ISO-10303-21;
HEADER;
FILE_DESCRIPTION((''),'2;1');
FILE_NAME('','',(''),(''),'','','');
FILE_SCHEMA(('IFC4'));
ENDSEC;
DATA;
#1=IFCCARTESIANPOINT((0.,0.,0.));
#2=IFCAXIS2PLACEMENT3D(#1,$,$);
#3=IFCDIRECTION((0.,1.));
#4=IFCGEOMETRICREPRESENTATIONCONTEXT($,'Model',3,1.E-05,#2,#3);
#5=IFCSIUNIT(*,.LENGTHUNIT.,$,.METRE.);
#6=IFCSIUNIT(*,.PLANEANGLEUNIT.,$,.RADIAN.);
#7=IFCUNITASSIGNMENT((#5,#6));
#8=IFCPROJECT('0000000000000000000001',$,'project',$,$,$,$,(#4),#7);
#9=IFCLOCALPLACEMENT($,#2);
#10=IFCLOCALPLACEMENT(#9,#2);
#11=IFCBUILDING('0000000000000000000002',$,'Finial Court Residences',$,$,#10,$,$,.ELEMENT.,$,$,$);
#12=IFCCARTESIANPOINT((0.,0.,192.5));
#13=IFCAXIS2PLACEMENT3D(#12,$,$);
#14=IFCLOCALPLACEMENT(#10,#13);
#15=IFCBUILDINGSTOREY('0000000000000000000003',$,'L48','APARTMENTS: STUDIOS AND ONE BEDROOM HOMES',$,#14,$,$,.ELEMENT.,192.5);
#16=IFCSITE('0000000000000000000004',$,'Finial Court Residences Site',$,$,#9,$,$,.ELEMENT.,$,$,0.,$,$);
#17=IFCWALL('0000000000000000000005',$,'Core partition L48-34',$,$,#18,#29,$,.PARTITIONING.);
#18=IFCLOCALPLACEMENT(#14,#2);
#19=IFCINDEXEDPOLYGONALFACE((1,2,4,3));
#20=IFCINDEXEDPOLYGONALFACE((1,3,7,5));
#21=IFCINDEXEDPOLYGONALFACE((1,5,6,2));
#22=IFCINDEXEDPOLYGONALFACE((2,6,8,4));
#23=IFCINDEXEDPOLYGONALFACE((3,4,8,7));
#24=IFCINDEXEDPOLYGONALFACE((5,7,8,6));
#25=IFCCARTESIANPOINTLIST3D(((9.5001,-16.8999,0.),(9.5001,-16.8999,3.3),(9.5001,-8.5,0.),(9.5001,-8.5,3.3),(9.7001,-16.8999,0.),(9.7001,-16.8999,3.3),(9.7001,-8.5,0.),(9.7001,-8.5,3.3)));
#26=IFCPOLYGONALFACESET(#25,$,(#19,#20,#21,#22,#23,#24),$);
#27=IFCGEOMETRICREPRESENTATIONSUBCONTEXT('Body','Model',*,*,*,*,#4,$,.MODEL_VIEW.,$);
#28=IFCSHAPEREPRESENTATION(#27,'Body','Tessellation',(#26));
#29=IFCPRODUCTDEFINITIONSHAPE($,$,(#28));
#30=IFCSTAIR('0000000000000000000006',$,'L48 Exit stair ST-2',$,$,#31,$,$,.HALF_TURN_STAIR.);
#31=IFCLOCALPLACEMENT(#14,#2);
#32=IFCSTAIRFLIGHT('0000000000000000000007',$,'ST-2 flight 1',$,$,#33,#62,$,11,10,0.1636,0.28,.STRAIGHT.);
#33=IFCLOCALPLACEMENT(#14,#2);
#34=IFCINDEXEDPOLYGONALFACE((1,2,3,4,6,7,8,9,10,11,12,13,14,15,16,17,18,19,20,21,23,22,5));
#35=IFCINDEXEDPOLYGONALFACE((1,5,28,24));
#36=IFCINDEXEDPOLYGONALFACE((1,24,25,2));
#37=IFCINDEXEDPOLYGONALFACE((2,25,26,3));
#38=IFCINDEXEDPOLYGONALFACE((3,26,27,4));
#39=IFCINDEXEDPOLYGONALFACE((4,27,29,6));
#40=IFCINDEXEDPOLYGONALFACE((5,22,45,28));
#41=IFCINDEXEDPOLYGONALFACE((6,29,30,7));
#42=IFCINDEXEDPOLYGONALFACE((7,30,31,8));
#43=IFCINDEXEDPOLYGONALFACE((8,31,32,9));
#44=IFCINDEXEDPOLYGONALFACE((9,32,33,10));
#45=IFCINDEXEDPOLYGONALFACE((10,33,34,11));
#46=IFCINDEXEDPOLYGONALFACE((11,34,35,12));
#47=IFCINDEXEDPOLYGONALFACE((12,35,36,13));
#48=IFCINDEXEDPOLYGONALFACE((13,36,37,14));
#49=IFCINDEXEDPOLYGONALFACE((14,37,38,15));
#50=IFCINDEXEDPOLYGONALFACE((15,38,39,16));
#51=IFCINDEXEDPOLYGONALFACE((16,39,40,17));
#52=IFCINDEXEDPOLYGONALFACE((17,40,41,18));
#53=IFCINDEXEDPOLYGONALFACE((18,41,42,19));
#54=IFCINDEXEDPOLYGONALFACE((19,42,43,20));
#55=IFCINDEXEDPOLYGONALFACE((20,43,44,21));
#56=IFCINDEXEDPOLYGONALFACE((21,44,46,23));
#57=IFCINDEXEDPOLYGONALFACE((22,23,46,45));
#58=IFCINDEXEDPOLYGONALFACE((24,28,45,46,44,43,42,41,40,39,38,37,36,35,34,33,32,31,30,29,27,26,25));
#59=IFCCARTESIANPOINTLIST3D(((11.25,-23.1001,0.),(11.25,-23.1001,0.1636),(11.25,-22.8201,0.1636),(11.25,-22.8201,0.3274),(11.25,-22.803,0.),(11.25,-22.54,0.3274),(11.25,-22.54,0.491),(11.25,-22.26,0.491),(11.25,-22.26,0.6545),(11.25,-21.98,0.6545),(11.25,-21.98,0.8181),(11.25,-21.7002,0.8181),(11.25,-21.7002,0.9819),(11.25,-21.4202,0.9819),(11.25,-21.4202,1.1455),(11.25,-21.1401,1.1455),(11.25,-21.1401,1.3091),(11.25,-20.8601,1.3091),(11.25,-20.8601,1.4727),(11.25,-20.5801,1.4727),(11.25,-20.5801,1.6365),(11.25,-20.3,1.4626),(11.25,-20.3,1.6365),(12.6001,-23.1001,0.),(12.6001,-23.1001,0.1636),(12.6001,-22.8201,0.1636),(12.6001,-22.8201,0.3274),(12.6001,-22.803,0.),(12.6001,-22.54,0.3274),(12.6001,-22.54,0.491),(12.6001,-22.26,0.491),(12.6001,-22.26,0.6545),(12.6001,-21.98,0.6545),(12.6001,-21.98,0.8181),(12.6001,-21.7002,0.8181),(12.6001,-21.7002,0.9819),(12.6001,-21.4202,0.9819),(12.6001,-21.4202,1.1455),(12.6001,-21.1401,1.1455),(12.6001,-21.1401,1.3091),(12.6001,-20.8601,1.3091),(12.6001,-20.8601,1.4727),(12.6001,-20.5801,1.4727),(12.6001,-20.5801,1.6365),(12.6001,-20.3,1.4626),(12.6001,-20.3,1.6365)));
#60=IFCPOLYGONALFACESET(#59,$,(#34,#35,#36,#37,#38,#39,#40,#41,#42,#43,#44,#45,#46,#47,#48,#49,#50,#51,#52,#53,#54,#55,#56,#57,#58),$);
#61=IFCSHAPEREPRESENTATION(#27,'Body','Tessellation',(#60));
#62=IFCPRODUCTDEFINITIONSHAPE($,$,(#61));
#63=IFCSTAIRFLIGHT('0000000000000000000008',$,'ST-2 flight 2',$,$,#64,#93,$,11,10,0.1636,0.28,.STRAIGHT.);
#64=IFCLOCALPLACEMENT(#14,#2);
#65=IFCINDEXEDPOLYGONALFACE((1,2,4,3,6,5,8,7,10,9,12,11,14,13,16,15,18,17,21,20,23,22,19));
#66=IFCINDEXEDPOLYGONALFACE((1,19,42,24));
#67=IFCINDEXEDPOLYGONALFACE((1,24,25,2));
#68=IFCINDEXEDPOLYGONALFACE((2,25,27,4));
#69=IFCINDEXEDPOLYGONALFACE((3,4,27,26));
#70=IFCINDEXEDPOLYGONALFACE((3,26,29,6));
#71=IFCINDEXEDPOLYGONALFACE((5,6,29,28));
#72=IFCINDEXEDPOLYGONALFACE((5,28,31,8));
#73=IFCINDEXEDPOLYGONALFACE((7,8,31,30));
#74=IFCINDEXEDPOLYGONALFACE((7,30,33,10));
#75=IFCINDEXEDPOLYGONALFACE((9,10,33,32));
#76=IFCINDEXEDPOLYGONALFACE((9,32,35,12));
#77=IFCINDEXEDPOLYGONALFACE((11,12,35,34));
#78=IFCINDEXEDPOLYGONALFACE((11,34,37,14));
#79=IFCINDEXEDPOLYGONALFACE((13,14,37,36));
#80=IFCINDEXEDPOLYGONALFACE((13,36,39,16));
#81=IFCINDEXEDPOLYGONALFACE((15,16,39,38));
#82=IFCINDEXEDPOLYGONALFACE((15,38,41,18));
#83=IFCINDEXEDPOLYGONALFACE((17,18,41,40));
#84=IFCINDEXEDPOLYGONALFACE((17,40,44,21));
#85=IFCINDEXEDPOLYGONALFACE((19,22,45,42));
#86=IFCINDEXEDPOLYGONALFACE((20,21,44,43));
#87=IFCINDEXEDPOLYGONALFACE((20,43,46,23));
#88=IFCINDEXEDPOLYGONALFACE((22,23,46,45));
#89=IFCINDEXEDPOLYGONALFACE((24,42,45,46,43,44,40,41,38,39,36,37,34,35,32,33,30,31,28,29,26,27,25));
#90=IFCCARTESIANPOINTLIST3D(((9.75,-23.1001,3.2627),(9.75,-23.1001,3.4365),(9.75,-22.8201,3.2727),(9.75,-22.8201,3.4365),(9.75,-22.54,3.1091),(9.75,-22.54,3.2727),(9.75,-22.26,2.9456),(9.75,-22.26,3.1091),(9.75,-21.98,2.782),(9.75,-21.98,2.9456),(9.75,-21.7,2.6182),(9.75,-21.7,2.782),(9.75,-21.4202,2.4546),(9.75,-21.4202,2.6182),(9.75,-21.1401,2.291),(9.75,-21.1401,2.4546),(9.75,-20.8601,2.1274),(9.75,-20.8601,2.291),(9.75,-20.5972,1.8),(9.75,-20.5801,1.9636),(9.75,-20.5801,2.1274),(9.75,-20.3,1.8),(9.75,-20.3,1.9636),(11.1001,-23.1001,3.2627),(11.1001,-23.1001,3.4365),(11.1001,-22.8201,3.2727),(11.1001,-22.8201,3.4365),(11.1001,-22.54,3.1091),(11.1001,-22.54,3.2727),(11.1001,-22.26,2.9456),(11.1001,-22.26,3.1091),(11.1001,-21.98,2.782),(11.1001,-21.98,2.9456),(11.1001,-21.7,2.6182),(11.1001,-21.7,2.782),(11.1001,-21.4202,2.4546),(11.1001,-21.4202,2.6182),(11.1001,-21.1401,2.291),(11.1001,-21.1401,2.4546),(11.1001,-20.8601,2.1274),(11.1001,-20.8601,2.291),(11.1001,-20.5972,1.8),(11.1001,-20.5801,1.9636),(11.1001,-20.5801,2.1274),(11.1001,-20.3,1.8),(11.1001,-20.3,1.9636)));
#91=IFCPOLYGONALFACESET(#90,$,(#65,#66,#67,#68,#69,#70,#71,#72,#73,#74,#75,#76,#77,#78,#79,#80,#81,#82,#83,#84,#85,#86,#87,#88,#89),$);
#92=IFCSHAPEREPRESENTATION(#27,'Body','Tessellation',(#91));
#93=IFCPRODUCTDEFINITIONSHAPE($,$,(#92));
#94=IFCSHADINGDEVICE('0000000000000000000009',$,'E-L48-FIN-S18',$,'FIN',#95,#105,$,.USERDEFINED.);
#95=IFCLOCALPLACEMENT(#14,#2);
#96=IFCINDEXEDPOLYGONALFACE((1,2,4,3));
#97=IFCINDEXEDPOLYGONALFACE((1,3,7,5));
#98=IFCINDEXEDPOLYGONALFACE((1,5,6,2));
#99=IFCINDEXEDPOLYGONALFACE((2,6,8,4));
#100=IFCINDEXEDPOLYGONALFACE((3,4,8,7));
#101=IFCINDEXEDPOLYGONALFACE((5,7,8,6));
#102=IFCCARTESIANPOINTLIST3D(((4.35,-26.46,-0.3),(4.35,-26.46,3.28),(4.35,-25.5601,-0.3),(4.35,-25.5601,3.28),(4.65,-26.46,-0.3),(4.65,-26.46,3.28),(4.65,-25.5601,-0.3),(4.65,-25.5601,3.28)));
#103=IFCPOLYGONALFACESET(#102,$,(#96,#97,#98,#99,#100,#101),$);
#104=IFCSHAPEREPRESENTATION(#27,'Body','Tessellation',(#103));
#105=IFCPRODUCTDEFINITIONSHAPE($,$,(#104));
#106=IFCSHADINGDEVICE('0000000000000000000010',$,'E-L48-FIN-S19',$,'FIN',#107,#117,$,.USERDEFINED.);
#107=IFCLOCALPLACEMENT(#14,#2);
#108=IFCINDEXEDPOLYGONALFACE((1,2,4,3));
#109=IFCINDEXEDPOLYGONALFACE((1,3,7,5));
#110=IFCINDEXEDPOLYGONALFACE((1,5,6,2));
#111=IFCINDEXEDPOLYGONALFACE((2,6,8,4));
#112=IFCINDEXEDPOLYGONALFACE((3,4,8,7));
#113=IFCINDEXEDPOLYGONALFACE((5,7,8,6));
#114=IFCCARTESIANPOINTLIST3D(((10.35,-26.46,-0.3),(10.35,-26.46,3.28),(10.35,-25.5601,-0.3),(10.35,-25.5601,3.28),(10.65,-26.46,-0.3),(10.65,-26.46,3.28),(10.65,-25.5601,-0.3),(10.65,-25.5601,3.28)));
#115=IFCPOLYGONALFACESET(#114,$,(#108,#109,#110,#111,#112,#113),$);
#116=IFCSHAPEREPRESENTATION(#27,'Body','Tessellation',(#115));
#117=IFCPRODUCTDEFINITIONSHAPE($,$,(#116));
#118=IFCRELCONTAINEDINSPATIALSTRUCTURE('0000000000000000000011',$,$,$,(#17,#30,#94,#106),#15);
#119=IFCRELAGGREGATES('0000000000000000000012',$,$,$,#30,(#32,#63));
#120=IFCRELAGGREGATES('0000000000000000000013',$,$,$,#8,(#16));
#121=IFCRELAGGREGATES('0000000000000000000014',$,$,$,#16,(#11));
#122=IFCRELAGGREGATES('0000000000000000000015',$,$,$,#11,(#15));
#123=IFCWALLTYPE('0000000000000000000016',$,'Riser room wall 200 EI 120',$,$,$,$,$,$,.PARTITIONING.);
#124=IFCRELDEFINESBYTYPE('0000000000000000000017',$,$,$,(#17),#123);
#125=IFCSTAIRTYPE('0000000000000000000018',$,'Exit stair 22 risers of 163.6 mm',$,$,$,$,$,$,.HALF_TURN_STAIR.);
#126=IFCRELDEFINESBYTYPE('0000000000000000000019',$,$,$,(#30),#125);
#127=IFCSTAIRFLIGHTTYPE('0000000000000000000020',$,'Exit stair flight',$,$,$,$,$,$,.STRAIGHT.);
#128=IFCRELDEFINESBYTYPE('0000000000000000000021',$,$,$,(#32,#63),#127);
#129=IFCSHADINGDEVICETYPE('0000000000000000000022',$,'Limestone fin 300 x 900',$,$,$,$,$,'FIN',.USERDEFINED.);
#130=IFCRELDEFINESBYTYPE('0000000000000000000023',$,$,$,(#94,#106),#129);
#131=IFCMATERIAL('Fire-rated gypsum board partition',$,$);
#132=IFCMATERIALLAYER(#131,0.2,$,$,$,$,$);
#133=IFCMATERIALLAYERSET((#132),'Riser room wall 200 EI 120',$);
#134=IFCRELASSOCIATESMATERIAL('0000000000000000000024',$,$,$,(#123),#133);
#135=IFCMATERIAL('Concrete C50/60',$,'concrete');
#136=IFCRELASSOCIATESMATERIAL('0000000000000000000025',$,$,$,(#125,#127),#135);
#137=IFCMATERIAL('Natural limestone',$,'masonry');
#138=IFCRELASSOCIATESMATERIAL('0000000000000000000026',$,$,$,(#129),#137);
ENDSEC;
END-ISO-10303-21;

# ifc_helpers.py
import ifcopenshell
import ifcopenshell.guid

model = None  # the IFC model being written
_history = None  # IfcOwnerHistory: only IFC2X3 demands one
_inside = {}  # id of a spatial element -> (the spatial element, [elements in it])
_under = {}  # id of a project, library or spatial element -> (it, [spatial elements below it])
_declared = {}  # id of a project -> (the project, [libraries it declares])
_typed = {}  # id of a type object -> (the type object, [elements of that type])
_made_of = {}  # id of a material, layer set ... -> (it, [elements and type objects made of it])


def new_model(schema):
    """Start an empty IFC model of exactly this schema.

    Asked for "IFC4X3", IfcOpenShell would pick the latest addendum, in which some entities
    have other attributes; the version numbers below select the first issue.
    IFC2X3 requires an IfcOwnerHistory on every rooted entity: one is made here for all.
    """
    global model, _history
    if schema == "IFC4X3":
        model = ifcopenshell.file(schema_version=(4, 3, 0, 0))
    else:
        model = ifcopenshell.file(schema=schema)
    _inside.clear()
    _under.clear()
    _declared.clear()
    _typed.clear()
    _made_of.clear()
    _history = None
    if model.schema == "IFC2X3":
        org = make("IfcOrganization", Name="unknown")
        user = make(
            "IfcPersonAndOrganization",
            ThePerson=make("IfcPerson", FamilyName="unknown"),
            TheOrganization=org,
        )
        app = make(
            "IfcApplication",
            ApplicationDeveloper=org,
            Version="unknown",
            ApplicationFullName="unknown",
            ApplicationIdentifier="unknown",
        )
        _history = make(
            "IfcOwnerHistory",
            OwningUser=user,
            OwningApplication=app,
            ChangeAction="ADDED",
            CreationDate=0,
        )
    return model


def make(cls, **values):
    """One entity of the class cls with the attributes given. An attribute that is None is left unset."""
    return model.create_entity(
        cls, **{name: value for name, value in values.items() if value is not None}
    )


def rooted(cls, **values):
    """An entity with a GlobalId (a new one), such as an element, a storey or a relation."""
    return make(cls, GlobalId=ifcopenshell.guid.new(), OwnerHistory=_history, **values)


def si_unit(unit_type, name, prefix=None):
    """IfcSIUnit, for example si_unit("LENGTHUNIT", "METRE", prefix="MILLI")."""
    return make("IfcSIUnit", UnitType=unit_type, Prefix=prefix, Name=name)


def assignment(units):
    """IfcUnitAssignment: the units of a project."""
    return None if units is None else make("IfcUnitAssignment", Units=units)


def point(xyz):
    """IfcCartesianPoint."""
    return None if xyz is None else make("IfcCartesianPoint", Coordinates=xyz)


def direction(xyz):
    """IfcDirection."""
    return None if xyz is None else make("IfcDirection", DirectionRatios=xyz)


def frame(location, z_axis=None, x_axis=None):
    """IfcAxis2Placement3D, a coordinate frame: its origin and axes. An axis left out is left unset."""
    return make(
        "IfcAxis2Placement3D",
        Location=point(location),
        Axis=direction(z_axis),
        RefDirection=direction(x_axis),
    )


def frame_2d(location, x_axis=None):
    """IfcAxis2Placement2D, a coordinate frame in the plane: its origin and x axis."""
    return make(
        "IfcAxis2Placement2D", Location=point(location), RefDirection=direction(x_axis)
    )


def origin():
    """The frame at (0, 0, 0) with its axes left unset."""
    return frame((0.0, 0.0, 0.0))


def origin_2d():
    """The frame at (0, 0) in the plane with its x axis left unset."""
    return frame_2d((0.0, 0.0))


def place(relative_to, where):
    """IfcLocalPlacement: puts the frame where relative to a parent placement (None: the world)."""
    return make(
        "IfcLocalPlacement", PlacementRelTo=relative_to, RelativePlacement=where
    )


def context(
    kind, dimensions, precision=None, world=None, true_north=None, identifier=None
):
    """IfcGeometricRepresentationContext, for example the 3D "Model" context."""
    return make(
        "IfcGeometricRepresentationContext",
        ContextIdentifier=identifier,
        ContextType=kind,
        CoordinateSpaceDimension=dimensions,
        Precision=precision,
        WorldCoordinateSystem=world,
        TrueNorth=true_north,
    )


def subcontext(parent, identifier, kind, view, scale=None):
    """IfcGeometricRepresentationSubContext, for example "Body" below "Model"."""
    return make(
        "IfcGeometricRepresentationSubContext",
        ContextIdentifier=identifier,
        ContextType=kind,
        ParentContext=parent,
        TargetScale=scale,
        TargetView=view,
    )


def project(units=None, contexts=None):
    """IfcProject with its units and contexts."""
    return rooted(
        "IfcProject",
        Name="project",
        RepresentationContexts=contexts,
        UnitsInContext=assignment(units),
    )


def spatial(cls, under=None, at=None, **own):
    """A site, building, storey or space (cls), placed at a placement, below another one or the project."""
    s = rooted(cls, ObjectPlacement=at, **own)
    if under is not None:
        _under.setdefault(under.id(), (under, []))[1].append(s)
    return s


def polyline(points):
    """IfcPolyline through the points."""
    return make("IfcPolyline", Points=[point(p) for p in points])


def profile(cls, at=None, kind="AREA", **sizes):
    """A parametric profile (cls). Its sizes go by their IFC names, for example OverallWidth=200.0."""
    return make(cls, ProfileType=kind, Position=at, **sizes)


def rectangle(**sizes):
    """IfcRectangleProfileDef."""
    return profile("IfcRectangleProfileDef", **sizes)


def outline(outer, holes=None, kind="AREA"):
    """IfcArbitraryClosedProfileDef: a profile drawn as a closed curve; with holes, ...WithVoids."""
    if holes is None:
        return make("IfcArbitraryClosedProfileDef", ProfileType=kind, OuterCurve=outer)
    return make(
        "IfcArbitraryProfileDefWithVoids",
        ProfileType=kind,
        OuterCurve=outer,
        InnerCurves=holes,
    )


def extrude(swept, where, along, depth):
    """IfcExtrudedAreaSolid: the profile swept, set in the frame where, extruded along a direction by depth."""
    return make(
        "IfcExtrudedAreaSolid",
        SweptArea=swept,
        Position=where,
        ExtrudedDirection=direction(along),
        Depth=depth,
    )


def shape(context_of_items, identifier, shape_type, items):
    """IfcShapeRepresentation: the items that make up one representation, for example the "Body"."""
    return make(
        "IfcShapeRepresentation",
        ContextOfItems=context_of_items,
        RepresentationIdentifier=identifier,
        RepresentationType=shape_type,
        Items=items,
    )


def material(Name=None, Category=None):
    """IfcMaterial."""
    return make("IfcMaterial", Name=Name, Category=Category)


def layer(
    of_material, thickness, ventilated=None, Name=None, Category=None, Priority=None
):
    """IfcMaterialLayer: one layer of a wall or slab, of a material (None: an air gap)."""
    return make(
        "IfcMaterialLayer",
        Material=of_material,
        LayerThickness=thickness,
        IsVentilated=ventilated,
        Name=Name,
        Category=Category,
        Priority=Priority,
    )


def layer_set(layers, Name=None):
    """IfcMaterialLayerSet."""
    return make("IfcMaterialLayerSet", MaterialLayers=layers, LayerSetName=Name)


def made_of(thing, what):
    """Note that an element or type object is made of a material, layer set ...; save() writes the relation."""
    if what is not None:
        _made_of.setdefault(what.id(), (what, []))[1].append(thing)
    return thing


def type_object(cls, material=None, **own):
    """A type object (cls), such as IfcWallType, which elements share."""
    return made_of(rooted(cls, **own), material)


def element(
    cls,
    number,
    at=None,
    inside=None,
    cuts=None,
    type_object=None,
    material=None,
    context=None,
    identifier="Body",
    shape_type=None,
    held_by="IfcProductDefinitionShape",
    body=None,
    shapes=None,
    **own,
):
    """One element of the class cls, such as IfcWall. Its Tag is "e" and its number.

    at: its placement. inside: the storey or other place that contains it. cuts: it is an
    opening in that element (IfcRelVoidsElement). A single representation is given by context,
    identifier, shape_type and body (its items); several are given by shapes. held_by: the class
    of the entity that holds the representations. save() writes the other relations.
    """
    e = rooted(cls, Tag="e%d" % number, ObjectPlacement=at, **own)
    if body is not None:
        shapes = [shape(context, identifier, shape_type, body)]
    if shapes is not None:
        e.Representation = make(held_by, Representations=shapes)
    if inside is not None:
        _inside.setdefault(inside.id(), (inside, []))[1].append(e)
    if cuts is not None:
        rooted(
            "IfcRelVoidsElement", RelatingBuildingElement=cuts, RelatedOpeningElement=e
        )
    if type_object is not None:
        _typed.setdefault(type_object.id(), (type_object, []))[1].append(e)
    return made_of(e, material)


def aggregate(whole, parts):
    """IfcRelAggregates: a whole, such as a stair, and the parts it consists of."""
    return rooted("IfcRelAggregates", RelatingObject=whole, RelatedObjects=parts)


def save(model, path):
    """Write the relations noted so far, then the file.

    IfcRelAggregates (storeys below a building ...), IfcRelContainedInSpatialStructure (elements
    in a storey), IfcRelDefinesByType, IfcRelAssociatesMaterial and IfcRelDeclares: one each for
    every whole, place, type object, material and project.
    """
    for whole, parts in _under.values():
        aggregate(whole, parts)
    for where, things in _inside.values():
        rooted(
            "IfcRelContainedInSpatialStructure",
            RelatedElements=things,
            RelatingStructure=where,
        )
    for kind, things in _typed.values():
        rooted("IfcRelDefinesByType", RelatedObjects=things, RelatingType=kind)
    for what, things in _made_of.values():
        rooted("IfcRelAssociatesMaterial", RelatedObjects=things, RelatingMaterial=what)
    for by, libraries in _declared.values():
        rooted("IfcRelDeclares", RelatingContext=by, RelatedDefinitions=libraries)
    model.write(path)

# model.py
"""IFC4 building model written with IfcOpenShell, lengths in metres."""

from ifc_helpers import new_model, si_unit, direction, frame, frame_2d, origin, origin_2d, place, context, subcontext, project, spatial, polyline, rectangle, outline, extrude, material, layer, layer_set, type_object, element, aggregate, save


model = new_model("IFC4")

# Units and contexts
model_context = context("Model", 3, precision=1e-05, world=origin(), true_north=direction((0.0, 1.0)))
body_context = subcontext(model_context, "Body", "Model", "MODEL_VIEW")
ifc_project = project(units=[si_unit("LENGTHUNIT", "METRE"), si_unit("PLANEANGLEUNIT", "RADIAN")], contexts=[model_context])

# Site, building, storey
site_placement = place(None, origin())
site = spatial("IfcSite", under=ifc_project, at=site_placement, Name="Finial Court Residences Site", CompositionType="ELEMENT", RefElevation=0.0)
building_placement = place(site_placement, origin())
building = spatial("IfcBuilding", under=site, at=building_placement, Name="Finial Court Residences", CompositionType="ELEMENT")
storey_placement = place(building_placement, frame((0.0, 0.0, 192.5)))
storey = spatial("IfcBuildingStorey", under=building, at=storey_placement, Name="L48", Description="APARTMENTS: STUDIOS AND ONE BEDROOM HOMES", CompositionType="ELEMENT", Elevation=192.5)

# Shared definitions
ifc_material_1 = material(Name="Fire-rated gypsum board partition")

# Wall
ifc_layer_1 = layer(ifc_material_1, 0.2)
ifc_layer_set_1 = layer_set([ifc_layer_1], Name="Riser room wall 200 EI 120")
wall_type_1 = type_object("IfcWallType", Name="Riser room wall 200 EI 120", PredefinedType="PARTITIONING", material=ifc_layer_set_1)
wall_1_placement = place(storey_placement, frame((9.6001, -16.8999, 0.0), z_axis=(0.0, 0.0, 1.0), x_axis=(0.0, 1.0, 0.0)))
element("IfcWall", 1, at=wall_1_placement, inside=storey, type_object=wall_type_1, Name="Core partition L48-34", PredefinedType="PARTITIONING", context=body_context, shape_type="SweptSolid", body=[
    extrude(rectangle(XDim=8.3999, YDim=0.2, at=frame_2d((4.2, 0.0))), origin(), (0.0, 0.0, 1.0), 3.3),
])

# Stair, stair flights
ifc_material_2 = material(Name="Concrete C50/60", Category="concrete")
stair_type = type_object("IfcStairType", Name="Exit stair 22 risers of 163.6 mm", PredefinedType="HALF_TURN_STAIR", material=ifc_material_2)
stair_placement = place(storey_placement, origin())
stair = element("IfcStair", 2, at=stair_placement, inside=storey, type_object=stair_type, Name="L48 Exit stair ST-2", PredefinedType="HALF_TURN_STAIR")
stair_flight_type = type_object("IfcStairFlightType", Name="Exit stair flight", PredefinedType="STRAIGHT", material=ifc_material_2)
stair_flight_1_placement = place(storey_placement, frame((11.925, -23.1001, 0.0), z_axis=(0.0, 0.0, 1.0), x_axis=(0.0, 1.0, 0.0)))
stair_flight_1 = element("IfcStairFlight", 3, at=stair_flight_1_placement, type_object=stair_flight_type, Name="ST-2 flight 1", NumberOfRisers=11, NumberOfTreads=10, PredefinedType="STRAIGHT", RiserHeight=0.1636, TreadLength=0.28, context=body_context, shape_type="SweptSolid", body=[
    extrude(outline(polyline([(0.0, 0.0), (0.0, 0.1636), (0.28, 0.1636), (0.28, 0.3274), (0.5601, 0.3274), (0.5601, 0.491), (0.8401, 0.491), (0.8401, 0.6545), (1.1201, 0.6545), (1.1201, 0.8181), (1.3999, 0.8181), (1.3999, 0.9819), (1.6799, 0.9819), (1.6799, 1.1455), (1.96, 1.1455), (1.96, 1.3091), (2.24, 1.3091), (2.24, 1.4727), (2.52, 1.4727), (2.52, 1.6365), (2.8, 1.6365), (2.8, 1.8), (2.8, 1.4626), (0.2971, 0.0), (0.0, 0.0)])), frame((0.0, 0.675, 0.0), z_axis=(0.0, -1.0, 0.0), x_axis=(1.0, 0.0, 0.0)), (0.0, 0.0, 1.0), 1.3501),
])
stair_flight_2_placement = place(storey_placement, frame((10.425, -20.3, 1.8), z_axis=(0.0, 0.0, 1.0), x_axis=(0.0, -1.0, 0.0)))
stair_flight_2 = element("IfcStairFlight", 4, at=stair_flight_2_placement, type_object=stair_flight_type, Name="ST-2 flight 2", NumberOfRisers=11, NumberOfTreads=10, PredefinedType="STRAIGHT", RiserHeight=0.1636, TreadLength=0.28, context=body_context, shape_type="SweptSolid", body=[
    extrude(outline(polyline([(0.0, 0.0), (0.0, 0.1636), (0.28, 0.1636), (0.28, 0.3274), (0.5601, 0.3274), (0.5601, 0.491), (0.8401, 0.491), (0.8401, 0.6545), (1.1201, 0.6545), (1.1201, 0.8181), (1.3999, 0.8181), (1.3999, 0.9819), (1.6799, 0.9819), (1.6799, 1.1455), (1.96, 1.1455), (1.96, 1.3091), (2.24, 1.3091), (2.24, 1.4727), (2.52, 1.4727), (2.52, 1.6365), (2.8, 1.6365), (2.8, 1.8), (2.8, 1.4626), (0.2971, 0.0), (0.0, 0.0)])), frame((0.0, 0.675, 0.0), z_axis=(0.0, -1.0, 0.0), x_axis=(1.0, 0.0, 0.0)), (0.0, 0.0, 1.0), 1.3501),
])
aggregate(stair, [stair_flight_1, stair_flight_2])

# Shading devices
ifc_material_3 = material(Name="Natural limestone", Category="masonry")
shading_device_type = type_object("IfcShadingDeviceType", Name="Limestone fin 300 x 900", ElementType="FIN", PredefinedType="USERDEFINED", material=ifc_material_3)
for number, where, z_axis, x_axis, name in (
    (5, (4.5, -26.01, -0.3), (0.0, 0.0, 1.0), (1.0, 0.0, 0.0), "E-L48-FIN-S18"),
    (6, (10.5, -26.01, -0.3), (0.0, 0.0, 1.0), (1.0, 0.0, 0.0), "E-L48-FIN-S19"),
):
    element("IfcShadingDevice", number, at=place(storey_placement, frame(where, z_axis=z_axis, x_axis=x_axis)), inside=storey, type_object=shading_device_type, Name=name, ObjectType="FIN", PredefinedType="USERDEFINED", context=body_context, shape_type="SweptSolid", body=[
        extrude(rectangle(XDim=0.3, YDim=0.8999, at=origin_2d()), origin(), (0.0, 0.0, 1.0), 3.5801),
    ])

save(model, "model.ifc")
